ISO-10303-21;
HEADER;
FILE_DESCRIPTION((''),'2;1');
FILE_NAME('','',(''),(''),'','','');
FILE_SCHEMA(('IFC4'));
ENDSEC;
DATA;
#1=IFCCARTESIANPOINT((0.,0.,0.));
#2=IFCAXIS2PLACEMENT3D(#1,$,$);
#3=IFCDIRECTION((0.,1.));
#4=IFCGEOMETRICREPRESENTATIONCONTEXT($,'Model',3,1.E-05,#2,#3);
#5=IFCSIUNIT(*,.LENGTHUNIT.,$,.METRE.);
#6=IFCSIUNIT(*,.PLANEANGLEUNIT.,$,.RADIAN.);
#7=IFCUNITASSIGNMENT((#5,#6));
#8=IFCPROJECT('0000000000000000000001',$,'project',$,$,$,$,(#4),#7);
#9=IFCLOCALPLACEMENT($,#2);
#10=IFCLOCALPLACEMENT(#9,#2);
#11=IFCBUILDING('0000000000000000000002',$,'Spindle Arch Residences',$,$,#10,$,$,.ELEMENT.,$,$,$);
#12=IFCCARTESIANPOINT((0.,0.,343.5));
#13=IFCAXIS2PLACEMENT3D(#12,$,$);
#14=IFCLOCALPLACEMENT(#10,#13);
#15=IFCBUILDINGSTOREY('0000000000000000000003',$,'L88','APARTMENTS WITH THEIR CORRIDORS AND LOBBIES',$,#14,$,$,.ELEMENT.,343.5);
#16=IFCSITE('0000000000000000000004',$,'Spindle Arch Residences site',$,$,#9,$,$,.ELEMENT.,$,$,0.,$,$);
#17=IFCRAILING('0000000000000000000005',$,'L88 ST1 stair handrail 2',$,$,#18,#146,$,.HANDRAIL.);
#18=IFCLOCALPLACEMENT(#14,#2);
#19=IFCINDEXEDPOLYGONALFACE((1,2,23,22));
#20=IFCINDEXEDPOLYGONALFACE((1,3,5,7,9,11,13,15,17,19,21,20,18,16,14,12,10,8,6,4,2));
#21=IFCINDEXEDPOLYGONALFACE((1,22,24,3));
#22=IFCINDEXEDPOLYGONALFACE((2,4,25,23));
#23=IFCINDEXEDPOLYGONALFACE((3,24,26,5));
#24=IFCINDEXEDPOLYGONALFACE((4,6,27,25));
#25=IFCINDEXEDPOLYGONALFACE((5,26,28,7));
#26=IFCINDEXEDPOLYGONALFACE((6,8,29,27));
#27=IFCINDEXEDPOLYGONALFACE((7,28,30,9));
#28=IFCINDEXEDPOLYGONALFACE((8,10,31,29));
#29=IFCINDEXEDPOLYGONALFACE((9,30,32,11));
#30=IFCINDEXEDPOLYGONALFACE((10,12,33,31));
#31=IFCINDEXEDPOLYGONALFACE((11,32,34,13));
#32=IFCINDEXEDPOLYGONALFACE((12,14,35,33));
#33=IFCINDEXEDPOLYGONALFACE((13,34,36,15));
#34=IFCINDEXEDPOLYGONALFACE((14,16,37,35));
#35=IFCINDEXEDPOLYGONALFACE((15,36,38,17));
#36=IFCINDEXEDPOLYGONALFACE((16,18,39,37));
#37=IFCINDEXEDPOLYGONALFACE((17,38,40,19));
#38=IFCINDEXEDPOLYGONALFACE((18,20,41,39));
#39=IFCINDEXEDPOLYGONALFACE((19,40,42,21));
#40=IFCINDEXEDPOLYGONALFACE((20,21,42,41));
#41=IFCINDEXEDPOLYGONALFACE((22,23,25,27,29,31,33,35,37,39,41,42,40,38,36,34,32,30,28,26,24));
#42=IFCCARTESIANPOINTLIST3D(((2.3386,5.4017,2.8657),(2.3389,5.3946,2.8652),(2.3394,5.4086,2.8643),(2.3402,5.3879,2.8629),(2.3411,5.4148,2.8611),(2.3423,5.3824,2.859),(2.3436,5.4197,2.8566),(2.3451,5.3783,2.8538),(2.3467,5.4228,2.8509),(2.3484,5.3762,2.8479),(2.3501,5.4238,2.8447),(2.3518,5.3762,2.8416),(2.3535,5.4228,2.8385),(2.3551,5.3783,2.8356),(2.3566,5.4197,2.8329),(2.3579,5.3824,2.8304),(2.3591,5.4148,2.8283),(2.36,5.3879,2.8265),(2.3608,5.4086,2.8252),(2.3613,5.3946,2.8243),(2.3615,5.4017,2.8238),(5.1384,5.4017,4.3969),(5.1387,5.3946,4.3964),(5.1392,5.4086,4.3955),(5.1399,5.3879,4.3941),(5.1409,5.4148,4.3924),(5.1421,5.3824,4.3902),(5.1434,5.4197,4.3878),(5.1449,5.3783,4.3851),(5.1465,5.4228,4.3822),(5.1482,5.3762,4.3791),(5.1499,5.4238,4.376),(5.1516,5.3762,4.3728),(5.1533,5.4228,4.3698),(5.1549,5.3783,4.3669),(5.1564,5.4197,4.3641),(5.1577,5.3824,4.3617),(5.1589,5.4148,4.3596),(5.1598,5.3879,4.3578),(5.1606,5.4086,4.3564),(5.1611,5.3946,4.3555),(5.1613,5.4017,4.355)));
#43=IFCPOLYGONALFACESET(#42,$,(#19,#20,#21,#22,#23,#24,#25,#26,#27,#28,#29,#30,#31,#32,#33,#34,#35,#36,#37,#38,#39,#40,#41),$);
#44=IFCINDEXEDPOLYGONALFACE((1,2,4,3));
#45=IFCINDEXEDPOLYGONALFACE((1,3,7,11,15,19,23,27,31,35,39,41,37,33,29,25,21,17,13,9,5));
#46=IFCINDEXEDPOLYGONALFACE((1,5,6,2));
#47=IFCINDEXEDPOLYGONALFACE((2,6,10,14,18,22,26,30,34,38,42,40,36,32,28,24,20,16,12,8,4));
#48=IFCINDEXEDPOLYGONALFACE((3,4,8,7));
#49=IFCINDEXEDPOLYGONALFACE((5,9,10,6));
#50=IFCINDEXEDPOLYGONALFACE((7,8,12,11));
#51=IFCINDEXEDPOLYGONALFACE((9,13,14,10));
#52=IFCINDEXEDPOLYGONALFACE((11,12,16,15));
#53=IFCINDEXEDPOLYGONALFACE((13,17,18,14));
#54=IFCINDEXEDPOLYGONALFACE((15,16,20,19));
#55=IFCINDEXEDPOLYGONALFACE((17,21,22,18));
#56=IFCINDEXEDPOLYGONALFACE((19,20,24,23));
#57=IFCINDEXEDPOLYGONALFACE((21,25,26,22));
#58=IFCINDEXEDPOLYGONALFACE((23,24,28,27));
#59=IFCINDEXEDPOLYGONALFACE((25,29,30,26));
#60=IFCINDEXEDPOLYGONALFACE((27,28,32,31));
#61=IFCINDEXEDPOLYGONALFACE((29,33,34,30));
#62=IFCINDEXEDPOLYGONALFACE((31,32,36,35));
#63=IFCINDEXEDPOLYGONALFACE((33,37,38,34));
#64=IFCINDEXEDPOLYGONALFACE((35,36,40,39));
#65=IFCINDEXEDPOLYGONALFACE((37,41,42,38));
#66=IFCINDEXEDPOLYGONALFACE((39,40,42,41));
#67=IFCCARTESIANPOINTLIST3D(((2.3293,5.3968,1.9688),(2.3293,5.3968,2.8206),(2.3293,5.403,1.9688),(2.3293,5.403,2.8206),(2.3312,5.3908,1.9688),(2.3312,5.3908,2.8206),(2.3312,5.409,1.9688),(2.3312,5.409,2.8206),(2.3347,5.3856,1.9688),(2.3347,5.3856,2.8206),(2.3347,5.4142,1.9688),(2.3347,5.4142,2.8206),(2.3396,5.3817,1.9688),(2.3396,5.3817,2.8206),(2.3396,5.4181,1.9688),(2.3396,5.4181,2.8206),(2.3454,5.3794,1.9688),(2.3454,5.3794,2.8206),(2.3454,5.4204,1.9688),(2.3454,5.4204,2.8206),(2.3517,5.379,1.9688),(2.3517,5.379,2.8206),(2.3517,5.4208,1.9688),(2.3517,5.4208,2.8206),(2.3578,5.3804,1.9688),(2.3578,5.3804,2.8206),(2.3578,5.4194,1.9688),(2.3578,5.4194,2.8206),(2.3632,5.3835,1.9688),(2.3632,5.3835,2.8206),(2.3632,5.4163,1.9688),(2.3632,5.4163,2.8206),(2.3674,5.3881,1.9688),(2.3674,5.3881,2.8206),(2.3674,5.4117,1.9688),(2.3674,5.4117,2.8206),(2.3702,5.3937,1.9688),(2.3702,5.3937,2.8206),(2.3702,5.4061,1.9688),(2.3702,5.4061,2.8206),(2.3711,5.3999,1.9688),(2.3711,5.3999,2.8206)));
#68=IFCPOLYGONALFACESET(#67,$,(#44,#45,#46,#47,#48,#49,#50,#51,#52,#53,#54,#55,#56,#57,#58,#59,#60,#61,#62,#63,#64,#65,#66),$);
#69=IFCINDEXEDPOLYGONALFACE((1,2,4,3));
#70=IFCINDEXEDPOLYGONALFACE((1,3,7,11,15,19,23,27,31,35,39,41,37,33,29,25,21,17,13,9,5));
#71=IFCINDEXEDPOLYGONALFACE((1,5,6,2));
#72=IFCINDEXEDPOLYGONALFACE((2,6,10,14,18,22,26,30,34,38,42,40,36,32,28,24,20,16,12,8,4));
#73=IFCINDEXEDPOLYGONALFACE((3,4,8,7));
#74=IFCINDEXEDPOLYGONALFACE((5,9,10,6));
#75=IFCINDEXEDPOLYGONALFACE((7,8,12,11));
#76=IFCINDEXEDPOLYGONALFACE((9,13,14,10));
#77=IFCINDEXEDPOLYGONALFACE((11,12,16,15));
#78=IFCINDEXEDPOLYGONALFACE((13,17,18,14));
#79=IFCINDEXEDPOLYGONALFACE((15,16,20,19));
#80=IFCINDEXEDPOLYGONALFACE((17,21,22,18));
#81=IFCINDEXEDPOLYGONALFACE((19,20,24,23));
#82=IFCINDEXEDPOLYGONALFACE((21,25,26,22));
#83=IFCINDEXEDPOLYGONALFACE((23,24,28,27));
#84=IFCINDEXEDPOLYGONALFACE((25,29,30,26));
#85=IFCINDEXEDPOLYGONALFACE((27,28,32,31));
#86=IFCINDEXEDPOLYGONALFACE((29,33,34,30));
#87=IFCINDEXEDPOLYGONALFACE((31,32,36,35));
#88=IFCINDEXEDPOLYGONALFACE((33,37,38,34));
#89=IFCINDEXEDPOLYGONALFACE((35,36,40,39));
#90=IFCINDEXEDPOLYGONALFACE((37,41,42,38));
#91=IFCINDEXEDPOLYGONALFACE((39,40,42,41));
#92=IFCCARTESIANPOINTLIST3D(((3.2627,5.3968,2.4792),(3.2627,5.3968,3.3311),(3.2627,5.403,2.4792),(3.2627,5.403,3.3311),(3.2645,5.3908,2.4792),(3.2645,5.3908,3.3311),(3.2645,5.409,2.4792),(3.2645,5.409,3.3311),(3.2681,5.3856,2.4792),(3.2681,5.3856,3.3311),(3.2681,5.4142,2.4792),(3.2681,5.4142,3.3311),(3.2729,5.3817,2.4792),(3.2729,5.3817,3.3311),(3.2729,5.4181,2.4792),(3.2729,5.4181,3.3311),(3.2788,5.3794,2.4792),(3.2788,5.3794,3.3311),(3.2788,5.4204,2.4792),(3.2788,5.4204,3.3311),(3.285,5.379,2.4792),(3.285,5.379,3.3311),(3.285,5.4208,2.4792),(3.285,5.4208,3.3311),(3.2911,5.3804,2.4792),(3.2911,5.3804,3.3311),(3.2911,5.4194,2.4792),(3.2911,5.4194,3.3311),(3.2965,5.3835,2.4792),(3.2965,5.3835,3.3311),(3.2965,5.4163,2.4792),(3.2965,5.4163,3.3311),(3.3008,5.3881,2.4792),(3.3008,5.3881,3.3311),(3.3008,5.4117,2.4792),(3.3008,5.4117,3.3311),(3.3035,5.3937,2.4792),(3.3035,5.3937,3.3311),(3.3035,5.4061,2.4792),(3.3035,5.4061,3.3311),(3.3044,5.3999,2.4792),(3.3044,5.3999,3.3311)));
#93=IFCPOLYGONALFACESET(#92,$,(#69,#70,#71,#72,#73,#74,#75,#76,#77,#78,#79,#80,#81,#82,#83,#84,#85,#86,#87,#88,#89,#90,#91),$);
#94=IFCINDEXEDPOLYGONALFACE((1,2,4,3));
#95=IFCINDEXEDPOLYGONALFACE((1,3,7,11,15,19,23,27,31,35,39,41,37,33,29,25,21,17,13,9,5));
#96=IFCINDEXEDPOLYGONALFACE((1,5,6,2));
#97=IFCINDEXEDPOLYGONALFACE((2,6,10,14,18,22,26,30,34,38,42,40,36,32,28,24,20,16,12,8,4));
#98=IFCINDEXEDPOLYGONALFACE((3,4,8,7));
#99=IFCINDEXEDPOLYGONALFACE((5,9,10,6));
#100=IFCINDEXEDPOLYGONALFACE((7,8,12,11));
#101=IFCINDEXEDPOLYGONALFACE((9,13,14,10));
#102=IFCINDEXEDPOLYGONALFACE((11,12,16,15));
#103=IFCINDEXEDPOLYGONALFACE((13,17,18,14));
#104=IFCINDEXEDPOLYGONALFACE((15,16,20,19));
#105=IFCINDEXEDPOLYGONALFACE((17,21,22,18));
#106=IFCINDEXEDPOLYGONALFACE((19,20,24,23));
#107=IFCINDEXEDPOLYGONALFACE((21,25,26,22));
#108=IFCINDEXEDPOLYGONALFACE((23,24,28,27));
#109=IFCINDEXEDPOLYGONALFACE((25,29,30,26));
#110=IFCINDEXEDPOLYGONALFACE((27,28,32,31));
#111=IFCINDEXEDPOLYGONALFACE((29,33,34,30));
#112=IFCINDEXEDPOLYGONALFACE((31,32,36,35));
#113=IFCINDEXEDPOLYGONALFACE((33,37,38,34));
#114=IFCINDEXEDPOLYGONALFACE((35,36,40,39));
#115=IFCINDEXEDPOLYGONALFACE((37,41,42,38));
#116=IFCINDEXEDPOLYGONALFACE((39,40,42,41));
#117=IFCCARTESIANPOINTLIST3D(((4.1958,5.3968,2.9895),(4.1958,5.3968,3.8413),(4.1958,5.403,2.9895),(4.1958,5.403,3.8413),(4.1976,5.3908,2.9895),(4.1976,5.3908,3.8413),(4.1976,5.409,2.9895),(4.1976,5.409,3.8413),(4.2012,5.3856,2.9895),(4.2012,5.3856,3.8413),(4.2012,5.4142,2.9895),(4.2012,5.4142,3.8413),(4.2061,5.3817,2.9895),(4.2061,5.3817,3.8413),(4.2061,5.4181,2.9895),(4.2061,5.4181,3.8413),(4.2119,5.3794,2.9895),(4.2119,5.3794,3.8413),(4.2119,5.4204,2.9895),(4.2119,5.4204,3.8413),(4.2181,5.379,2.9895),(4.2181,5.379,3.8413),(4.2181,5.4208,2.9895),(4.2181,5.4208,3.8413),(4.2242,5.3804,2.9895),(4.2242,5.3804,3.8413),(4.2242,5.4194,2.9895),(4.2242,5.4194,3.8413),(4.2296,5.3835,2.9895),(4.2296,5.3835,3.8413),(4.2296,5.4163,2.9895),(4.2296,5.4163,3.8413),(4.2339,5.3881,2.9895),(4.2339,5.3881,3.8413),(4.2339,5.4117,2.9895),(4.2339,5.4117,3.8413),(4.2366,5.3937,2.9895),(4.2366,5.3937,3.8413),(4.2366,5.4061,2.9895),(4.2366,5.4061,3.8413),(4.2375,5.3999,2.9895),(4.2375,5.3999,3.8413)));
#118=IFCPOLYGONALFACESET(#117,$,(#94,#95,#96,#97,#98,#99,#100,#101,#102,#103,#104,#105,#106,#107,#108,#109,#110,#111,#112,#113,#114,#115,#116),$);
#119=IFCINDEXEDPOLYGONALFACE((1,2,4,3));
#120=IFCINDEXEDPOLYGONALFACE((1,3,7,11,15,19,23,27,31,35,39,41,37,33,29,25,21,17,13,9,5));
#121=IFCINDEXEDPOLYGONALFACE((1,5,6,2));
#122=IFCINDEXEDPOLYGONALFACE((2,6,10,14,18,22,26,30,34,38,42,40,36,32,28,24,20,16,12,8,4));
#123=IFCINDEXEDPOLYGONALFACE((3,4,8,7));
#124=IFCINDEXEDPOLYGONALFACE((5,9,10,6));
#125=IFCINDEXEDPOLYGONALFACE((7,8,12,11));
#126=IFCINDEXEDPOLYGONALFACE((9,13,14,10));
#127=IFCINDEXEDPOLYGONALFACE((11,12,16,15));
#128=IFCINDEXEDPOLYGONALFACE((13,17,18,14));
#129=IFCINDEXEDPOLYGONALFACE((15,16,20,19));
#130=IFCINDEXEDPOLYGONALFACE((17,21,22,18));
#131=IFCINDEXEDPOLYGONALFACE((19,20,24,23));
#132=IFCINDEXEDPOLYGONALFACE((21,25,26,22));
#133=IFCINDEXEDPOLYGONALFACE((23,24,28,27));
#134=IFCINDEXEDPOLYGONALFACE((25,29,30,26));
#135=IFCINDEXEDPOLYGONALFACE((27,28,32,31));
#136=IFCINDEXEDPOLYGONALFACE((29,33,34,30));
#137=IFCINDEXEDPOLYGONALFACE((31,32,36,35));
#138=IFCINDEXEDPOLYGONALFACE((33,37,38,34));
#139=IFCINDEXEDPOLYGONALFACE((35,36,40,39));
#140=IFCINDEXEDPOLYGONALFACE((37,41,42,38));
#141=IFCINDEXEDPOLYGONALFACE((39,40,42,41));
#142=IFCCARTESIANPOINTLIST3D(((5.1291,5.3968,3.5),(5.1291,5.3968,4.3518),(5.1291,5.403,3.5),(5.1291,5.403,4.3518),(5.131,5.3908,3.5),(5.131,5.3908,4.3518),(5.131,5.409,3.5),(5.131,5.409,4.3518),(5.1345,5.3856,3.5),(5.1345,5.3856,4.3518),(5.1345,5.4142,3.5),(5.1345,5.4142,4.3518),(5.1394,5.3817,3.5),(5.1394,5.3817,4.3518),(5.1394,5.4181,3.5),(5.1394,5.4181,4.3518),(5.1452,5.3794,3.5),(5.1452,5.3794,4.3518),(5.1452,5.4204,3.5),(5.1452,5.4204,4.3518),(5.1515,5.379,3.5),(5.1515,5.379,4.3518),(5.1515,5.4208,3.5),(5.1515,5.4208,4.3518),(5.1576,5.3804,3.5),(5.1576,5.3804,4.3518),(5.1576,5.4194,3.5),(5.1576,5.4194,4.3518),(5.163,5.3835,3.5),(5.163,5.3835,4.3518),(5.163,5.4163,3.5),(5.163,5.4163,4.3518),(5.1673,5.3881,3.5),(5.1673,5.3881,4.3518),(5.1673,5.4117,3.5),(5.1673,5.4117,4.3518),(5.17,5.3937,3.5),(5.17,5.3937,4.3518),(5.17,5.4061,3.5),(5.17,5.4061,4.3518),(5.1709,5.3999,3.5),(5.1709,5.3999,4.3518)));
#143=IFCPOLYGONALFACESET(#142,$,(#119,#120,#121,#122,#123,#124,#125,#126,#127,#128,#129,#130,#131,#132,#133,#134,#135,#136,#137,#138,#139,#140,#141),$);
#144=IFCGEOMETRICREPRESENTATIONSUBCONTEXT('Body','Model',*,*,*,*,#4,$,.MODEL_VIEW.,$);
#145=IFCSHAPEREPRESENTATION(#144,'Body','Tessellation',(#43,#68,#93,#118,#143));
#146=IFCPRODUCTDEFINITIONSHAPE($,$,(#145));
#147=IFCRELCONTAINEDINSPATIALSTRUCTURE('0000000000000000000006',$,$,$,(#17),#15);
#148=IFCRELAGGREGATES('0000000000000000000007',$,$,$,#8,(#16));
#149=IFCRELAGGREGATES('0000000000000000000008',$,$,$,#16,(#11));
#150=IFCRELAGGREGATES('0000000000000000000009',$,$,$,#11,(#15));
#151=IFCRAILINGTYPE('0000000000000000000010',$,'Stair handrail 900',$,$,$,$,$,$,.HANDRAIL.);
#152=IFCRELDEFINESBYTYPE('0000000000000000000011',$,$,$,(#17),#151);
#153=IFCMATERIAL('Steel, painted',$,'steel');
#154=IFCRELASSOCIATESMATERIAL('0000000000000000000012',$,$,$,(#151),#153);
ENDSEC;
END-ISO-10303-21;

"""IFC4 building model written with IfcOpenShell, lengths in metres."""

from ifc_helpers import new_model, si_unit, direction, frame, origin, origin_2d, place, context, subcontext, project, spatial, circle, extrude, material, type_object, element, save


model = new_model("IFC4")

# Units and contexts
model_context = context("Model", 3, precision=1e-05, world=origin(), true_north=direction((0.0, 1.0)))
body_context = subcontext(model_context, "Body", "Model", "MODEL_VIEW")
ifc_project = project(units=[si_unit("LENGTHUNIT", "METRE"), si_unit("PLANEANGLEUNIT", "RADIAN")], contexts=[model_context])

# Site, building, storey
site_placement = place(None, origin())
site = spatial("IfcSite", under=ifc_project, at=site_placement, Name="Spindle Arch Residences site", CompositionType="ELEMENT", RefElevation=0.0)
building_placement = place(site_placement, origin())
building = spatial("IfcBuilding", under=site, at=building_placement, Name="Spindle Arch Residences", CompositionType="ELEMENT")
storey_placement = place(building_placement, frame((0.0, 0.0, 343.5)))
storey = spatial("IfcBuildingStorey", under=building, at=storey_placement, Name="L88", Description="APARTMENTS WITH THEIR CORRIDORS AND LOBBIES", CompositionType="ELEMENT", Elevation=343.5)

# Railing
ifc_material_1 = material(Name="Steel, painted", Category="steel")
railing_type_1 = type_object("IfcRailingType", Name="Stair handrail 900", PredefinedType="HANDRAIL", material=ifc_material_1)
railing_1_placement = place(storey_placement, frame((2.3501, 5.3999, 1.9688)))
element("IfcRailing", 1, at=railing_1_placement, inside=storey, type_object=railing_type_1, Name="L88 ST1 stair handrail 2", PredefinedType="HANDRAIL", context=body_context, shape_type="SweptSolid", body=[
    extrude(circle(Radius=0.0239, at=origin_2d()), frame((0.0, 0.0, 0.876), z_axis=(0.877357, 0.0, 0.479838), x_axis=(0.0, 1.0, 0.0)), (0.0, 0.0, 1.0), 3.1912),
    extrude(circle(Radius=0.021, at=origin_2d()), origin(), (0.0, 0.0, 1.0), 0.8518),
    extrude(circle(Radius=0.021, at=origin_2d()), frame((0.9333, 0.0, 0.5105)), (0.0, 0.0, 1.0), 0.8518),
    extrude(circle(Radius=0.021, at=origin_2d()), frame((1.8665, 0.0, 1.0208)), (0.0, 0.0, 1.0), 0.8518),
    extrude(circle(Radius=0.021, at=origin_2d()), frame((2.7998, 0.0, 1.5312)), (0.0, 0.0, 1.0), 0.8518),
])

save(model, "model.ifc")
